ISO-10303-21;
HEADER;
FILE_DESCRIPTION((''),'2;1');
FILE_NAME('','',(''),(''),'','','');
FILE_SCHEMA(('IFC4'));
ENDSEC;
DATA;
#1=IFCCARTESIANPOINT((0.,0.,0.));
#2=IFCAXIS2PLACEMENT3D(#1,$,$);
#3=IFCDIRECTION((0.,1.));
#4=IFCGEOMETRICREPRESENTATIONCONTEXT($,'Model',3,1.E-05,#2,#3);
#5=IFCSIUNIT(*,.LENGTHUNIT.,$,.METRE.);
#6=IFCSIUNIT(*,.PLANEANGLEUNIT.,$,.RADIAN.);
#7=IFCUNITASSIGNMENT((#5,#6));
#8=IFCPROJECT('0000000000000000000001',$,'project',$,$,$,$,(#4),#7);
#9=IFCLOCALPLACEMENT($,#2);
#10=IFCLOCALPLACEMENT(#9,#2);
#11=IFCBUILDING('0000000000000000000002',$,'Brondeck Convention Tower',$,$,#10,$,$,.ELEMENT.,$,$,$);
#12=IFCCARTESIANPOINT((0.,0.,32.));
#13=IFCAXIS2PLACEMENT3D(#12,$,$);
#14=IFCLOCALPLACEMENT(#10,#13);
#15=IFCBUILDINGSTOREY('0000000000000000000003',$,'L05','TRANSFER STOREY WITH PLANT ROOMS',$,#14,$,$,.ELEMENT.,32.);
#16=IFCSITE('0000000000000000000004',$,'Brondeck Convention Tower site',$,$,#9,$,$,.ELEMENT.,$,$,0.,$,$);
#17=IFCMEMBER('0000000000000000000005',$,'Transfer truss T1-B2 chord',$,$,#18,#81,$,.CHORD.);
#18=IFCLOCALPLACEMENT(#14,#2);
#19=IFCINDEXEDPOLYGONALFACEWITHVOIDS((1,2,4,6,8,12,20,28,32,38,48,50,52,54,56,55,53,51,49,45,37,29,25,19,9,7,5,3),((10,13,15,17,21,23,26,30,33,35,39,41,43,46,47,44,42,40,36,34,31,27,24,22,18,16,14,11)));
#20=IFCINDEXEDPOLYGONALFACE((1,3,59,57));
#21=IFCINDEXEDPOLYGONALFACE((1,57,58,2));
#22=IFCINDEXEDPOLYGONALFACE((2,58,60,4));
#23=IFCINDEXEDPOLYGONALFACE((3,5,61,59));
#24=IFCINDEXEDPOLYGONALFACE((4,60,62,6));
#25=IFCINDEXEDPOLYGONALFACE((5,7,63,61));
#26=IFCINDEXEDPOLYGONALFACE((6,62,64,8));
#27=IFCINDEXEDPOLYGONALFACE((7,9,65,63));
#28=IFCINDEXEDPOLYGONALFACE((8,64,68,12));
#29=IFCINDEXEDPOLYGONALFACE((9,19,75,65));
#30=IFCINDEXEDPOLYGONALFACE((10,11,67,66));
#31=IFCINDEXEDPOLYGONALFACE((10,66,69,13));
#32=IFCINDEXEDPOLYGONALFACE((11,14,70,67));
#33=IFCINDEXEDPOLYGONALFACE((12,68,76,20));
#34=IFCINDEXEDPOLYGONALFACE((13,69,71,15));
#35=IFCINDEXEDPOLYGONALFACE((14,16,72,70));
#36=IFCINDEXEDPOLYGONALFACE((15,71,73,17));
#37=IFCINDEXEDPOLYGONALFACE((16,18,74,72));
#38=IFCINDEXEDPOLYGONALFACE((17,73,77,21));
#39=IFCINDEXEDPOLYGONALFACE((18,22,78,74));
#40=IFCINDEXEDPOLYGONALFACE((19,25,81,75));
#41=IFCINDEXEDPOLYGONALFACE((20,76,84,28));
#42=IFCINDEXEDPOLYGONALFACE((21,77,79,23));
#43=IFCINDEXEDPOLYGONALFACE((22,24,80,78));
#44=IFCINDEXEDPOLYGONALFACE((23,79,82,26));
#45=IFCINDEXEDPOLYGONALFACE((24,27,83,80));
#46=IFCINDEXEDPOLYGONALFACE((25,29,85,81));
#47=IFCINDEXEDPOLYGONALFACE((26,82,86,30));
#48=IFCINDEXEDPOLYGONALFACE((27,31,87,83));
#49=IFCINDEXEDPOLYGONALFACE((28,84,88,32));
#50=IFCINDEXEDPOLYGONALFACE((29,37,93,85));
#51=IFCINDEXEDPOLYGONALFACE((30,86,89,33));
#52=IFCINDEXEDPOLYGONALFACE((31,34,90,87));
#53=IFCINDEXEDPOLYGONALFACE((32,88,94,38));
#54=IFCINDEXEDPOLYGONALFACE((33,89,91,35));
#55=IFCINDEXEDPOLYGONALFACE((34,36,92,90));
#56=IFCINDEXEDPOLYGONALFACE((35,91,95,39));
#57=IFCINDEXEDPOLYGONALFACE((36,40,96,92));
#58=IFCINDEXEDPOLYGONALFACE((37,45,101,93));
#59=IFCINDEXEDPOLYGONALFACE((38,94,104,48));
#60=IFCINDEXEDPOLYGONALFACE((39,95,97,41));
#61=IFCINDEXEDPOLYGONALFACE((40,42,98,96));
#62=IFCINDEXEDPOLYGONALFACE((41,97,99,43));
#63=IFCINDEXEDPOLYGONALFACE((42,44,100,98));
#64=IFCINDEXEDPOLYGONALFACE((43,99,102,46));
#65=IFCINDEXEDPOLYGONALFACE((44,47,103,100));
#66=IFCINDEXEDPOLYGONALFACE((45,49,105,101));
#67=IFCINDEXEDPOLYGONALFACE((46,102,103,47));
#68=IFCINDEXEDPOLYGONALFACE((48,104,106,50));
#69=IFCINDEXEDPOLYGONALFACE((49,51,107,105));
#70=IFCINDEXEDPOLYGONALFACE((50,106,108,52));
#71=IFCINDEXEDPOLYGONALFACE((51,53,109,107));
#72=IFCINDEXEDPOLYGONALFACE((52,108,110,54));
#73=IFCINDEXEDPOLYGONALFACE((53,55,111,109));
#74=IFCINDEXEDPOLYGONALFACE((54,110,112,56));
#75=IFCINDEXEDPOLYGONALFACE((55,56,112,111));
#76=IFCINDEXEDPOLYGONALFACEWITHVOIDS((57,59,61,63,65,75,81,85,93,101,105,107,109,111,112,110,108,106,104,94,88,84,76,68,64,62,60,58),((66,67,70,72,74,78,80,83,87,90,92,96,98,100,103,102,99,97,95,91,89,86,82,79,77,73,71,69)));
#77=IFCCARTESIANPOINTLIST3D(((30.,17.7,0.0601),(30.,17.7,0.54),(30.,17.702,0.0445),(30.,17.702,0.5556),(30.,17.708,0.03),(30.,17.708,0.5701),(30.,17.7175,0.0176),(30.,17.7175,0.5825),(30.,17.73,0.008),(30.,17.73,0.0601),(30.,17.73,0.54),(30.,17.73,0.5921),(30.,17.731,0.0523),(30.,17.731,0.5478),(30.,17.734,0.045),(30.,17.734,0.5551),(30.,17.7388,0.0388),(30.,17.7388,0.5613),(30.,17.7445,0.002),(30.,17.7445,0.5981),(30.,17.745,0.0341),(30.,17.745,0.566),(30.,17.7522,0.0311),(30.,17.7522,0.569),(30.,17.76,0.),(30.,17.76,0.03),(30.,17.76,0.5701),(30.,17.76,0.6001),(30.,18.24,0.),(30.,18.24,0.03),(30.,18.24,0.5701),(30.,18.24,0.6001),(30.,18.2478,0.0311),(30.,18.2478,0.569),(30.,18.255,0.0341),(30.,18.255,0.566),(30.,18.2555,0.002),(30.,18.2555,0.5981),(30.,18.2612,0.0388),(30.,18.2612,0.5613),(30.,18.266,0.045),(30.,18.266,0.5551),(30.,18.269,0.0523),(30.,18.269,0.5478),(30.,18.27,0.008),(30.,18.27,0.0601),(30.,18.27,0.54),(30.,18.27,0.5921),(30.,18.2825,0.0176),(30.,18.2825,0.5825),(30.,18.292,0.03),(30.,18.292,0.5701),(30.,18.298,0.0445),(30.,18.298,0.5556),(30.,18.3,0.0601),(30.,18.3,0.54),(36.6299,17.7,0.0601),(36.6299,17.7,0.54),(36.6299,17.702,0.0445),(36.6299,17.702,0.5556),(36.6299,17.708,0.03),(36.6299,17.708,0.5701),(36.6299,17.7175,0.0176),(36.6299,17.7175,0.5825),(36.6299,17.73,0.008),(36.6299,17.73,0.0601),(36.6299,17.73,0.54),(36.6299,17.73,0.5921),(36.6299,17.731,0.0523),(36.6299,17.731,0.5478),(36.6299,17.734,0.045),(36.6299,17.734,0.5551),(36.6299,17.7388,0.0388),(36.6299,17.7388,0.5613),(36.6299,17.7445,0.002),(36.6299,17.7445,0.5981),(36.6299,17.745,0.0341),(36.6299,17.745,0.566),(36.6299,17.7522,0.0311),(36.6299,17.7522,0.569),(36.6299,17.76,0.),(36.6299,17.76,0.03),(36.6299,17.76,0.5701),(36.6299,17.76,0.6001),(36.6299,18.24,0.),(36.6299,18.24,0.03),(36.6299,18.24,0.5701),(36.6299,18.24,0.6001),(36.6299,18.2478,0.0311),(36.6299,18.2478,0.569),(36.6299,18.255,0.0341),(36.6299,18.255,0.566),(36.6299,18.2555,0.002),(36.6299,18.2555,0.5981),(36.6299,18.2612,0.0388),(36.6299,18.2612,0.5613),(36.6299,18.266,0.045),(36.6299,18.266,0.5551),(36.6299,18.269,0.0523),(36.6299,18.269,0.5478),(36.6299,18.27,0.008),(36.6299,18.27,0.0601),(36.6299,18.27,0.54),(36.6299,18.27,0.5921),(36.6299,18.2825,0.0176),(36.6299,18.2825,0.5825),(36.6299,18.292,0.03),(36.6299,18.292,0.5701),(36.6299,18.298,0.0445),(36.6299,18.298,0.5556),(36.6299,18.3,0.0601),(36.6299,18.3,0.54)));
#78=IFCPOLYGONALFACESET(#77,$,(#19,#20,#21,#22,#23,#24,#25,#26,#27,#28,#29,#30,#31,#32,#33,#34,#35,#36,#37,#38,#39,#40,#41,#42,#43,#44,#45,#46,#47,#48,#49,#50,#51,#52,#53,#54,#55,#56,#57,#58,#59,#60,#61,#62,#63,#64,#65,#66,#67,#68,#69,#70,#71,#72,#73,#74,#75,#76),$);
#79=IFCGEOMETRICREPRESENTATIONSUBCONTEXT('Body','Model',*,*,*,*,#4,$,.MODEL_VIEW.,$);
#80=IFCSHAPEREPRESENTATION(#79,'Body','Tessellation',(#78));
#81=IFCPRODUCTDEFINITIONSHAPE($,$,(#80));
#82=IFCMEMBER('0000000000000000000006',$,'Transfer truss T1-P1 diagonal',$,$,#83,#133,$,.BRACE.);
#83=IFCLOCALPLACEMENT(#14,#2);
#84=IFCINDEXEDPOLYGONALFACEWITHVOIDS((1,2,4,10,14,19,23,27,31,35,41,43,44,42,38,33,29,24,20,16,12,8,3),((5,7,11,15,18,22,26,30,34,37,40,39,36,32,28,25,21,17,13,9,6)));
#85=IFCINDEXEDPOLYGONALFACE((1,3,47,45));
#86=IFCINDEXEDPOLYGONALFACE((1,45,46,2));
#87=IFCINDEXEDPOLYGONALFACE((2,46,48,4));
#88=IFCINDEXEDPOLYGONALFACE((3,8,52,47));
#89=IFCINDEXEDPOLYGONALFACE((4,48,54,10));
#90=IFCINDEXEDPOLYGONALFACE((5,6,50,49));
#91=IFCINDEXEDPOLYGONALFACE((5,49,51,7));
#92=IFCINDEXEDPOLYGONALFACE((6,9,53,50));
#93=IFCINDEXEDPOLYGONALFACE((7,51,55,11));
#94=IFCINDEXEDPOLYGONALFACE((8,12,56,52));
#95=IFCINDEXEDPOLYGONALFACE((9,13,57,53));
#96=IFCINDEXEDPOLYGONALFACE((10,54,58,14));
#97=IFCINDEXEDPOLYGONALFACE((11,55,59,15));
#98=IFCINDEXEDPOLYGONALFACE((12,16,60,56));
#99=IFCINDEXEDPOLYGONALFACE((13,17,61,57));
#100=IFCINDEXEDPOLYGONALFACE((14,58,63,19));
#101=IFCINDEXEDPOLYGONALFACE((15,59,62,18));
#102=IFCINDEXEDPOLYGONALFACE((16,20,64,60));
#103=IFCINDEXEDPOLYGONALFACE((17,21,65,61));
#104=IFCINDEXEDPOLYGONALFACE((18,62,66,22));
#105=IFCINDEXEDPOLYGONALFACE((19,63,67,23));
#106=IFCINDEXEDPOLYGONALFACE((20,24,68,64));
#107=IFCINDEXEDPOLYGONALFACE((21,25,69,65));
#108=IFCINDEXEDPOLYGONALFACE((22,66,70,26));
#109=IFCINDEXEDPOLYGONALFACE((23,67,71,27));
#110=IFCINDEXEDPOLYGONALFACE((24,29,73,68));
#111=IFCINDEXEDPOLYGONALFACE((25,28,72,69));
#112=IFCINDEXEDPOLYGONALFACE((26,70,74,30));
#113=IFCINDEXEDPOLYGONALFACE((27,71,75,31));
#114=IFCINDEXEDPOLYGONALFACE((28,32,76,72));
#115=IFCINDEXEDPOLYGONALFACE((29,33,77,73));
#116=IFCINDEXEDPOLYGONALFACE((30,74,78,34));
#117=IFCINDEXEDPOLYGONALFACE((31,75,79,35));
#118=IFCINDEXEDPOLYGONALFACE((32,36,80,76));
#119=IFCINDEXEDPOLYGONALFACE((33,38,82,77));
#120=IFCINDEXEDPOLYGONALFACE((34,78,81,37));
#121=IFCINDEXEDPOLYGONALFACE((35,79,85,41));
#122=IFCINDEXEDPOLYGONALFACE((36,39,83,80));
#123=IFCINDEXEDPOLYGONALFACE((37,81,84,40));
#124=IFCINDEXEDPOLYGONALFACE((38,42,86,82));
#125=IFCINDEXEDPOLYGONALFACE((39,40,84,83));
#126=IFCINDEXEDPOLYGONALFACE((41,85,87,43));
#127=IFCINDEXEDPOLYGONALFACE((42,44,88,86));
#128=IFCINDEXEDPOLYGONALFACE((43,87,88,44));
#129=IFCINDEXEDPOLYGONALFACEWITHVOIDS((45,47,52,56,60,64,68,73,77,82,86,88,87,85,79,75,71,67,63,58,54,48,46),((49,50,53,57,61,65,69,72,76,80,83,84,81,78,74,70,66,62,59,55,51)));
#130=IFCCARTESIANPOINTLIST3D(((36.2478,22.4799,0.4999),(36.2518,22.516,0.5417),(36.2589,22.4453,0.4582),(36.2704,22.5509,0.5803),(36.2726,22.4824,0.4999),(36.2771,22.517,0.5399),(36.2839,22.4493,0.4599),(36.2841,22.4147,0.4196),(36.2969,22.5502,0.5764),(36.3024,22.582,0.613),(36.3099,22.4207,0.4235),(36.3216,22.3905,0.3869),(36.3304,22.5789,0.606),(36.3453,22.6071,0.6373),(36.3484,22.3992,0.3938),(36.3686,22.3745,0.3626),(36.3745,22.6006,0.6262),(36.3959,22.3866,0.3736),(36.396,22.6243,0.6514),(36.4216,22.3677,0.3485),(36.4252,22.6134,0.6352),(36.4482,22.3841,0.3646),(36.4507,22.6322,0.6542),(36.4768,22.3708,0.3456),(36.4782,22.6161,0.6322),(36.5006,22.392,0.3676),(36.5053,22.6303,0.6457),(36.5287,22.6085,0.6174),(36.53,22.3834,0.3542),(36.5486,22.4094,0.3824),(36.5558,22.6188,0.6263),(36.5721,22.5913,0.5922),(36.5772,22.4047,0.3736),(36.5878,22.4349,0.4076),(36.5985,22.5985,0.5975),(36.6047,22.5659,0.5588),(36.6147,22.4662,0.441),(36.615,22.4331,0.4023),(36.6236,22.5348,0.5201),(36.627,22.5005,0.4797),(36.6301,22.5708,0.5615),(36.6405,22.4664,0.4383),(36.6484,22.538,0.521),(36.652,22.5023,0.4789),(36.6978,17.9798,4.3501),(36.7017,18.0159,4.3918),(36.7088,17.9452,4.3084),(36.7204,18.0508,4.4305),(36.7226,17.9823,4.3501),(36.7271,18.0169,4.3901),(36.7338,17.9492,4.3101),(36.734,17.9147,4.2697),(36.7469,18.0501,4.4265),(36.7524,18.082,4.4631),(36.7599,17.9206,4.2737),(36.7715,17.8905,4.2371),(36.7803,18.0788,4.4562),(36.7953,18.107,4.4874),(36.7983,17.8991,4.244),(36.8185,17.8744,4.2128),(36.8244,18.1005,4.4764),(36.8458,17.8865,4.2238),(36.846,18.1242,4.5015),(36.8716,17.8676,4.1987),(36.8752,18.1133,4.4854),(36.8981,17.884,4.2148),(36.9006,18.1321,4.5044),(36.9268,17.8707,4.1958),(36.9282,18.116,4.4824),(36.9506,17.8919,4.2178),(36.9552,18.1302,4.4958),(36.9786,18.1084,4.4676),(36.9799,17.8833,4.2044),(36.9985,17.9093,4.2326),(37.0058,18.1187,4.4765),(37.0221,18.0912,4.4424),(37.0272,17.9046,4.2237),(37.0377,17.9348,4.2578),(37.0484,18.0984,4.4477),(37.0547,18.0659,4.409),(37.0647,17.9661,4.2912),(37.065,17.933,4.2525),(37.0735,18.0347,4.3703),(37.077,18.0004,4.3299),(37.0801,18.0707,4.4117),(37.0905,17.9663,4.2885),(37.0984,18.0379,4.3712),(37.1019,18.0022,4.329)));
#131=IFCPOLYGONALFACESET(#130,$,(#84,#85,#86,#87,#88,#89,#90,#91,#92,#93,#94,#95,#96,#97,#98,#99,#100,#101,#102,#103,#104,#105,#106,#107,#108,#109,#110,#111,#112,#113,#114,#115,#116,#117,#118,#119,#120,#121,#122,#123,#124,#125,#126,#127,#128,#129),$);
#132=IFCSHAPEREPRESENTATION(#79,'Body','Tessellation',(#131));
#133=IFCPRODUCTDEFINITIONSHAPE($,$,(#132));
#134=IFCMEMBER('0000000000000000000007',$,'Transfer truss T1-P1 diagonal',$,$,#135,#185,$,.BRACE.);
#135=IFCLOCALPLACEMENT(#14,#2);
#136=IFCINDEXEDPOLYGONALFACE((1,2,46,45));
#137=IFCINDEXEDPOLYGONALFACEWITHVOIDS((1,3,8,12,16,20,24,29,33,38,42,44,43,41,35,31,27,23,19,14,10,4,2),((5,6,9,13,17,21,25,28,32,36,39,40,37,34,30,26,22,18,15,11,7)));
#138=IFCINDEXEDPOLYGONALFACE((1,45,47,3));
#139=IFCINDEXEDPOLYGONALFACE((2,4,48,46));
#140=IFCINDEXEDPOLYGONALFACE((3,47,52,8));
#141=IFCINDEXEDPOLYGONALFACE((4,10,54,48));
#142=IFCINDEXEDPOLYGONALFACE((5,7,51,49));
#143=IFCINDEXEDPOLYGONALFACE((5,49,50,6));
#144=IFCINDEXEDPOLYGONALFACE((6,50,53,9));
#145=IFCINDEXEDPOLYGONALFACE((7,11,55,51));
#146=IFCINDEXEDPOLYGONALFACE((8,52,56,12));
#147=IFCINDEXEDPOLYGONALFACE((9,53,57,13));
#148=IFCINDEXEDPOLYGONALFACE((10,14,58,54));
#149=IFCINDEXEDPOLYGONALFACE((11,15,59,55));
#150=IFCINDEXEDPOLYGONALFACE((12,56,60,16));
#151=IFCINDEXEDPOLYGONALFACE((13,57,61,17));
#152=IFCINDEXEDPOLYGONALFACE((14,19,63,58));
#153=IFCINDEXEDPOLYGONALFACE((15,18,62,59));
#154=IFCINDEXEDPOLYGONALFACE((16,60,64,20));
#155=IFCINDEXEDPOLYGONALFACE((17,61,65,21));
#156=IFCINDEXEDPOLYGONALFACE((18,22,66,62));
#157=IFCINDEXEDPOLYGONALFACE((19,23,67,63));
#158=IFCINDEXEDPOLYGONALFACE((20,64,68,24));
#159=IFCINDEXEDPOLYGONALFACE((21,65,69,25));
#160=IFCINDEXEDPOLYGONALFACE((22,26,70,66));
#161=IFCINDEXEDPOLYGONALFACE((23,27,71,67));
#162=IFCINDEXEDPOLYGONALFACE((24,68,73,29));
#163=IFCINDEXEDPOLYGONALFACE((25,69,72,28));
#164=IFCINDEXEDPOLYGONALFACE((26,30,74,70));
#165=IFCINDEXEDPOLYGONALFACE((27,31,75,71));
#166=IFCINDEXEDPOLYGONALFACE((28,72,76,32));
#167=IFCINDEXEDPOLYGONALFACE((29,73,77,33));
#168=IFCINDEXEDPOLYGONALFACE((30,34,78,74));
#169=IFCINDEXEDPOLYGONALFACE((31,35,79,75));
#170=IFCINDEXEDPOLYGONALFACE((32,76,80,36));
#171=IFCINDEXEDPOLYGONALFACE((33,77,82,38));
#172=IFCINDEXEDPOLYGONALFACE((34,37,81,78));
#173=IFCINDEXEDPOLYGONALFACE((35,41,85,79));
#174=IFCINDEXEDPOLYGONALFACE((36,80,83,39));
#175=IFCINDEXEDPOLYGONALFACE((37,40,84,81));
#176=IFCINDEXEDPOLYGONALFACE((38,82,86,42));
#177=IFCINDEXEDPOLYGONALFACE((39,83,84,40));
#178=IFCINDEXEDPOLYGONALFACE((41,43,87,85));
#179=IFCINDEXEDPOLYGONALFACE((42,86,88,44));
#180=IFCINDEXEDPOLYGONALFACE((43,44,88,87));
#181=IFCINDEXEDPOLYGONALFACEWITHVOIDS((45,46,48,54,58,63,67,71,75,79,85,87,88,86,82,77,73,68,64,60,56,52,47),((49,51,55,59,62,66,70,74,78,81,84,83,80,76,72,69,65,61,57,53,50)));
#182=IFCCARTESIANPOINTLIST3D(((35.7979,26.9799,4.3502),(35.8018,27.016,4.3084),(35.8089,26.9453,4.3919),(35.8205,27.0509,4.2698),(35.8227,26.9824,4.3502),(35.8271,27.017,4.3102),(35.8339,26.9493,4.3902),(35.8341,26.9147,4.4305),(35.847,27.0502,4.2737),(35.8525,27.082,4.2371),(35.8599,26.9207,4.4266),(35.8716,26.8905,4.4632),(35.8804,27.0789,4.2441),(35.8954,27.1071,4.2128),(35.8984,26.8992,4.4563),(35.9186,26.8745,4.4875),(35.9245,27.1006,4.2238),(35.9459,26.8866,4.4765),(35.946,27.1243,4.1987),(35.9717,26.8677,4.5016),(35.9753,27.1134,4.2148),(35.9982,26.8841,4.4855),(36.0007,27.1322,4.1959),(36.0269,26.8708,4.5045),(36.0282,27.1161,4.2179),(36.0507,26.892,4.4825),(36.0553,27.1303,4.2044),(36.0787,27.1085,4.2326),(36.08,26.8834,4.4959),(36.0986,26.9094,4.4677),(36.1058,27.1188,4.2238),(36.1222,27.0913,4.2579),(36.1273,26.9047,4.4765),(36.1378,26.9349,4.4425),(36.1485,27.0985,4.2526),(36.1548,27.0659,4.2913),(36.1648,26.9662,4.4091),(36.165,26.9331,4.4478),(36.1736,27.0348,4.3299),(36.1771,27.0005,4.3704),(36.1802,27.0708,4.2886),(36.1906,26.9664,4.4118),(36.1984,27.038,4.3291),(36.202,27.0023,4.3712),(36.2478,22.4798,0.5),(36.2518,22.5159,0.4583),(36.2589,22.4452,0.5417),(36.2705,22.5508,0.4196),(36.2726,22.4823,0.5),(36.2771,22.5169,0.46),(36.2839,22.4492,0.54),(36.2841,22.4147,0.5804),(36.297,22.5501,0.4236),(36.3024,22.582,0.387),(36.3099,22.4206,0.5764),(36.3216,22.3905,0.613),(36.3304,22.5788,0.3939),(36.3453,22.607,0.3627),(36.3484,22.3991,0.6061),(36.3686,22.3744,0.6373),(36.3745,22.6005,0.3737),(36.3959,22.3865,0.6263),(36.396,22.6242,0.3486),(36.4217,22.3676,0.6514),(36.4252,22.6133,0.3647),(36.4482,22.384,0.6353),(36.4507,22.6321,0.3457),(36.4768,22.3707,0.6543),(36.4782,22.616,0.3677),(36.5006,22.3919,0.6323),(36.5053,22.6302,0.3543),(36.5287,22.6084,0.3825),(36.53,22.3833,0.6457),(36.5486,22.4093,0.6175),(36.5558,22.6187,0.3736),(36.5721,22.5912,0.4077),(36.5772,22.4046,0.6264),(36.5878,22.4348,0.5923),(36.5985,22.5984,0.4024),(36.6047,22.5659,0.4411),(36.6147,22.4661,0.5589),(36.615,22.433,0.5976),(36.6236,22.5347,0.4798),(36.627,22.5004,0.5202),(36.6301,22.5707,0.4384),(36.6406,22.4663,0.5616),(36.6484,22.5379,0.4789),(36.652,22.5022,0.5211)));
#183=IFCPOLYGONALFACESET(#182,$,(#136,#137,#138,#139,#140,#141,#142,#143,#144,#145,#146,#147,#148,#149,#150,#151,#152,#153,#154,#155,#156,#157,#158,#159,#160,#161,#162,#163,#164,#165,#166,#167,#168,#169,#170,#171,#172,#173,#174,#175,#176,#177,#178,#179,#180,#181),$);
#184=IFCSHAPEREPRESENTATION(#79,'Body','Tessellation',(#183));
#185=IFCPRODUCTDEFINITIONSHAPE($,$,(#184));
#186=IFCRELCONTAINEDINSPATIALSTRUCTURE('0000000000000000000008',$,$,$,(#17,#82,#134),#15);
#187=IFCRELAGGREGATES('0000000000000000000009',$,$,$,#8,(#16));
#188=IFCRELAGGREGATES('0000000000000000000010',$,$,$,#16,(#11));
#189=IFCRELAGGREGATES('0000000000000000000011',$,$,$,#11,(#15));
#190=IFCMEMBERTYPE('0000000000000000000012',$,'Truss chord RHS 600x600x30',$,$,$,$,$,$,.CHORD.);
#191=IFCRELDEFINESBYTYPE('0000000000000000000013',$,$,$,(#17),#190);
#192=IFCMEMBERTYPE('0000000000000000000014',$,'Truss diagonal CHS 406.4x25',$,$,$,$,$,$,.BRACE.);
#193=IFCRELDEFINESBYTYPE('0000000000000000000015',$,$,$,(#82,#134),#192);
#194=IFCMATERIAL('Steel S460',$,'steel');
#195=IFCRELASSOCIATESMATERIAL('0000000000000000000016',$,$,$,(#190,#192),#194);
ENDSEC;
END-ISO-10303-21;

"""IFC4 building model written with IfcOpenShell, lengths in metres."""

from ifc_helpers import new_model, si_unit, direction, frame, origin, origin_2d, place, context, subcontext, project, spatial, hollow_rectangle, hollow_circle, extrude, material, material_profile, profile_set, type_object, element, save


model = new_model("IFC4")

# Units and contexts
model_context = context("Model", 3, precision=1e-05, world=origin(), true_north=direction((0.0, 1.0)))
body_context = subcontext(model_context, "Body", "Model", "MODEL_VIEW")
ifc_project = project(units=[si_unit("LENGTHUNIT", "METRE"), si_unit("PLANEANGLEUNIT", "RADIAN")], contexts=[model_context])

# Site, building, storey
site_placement = place(None, origin())
site = spatial("IfcSite", under=ifc_project, at=site_placement, Name="Brondeck Convention Tower site", CompositionType="ELEMENT", RefElevation=0.0)
building_placement = place(site_placement, origin())
building = spatial("IfcBuilding", under=site, at=building_placement, Name="Brondeck Convention Tower", CompositionType="ELEMENT")
storey_placement = place(building_placement, frame((0.0, 0.0, 32.0)))
storey = spatial("IfcBuildingStorey", under=building, at=storey_placement, Name="L05", Description="TRANSFER STOREY WITH PLANT ROOMS", CompositionType="ELEMENT", Elevation=32.0)

# Shared definitions
ifc_material_1 = material(Name="Steel S460", Category="steel")

# Members
ifc_material_profile_1 = material_profile(ifc_material_1, hollow_rectangle(XDim=0.6001, YDim=0.6001, WallThickness=0.03, InnerFilletRadius=0.03, OuterFilletRadius=0.0601, at=origin_2d()), Name="RHS 600x600x30")
ifc_profile_set_1 = profile_set([ifc_material_profile_1], Name="Steel S460")
member_type_1 = type_object("IfcMemberType", Name="Truss chord RHS 600x600x30", PredefinedType="CHORD", material=ifc_profile_set_1)
member_placement = place(storey_placement, frame((36.6299, 18.0, 0.3), z_axis=(-1.0, 0.0, 0.0), x_axis=(0.0, -1.0, 0.0)))
element("IfcMember", 1, at=member_placement, inside=storey, type_object=member_type_1, Name="Transfer truss T1-B2 chord", PredefinedType="CHORD", context=body_context, shape_type="SweptSolid", body=[
    extrude(hollow_rectangle(XDim=0.6001, YDim=0.6001, WallThickness=0.03, InnerFilletRadius=0.03, OuterFilletRadius=0.0601, at=origin_2d()), origin(), (0.0, 0.0, 1.0), 6.6299),
])
ifc_material_profile_2 = material_profile(ifc_material_1, hollow_circle(Radius=0.2031, WallThickness=0.0249, at=origin_2d()), Name="CHS 406.4x25")
ifc_profile_set_2 = profile_set([ifc_material_profile_2], Name="Steel S460")
member_type_2 = type_object("IfcMemberType", Name="Truss diagonal CHS 406.4x25", PredefinedType="BRACE", material=ifc_profile_set_2)
for number, where, z_axis, x_axis, name in (
    (2, (36.8999, 18.0, 4.3501), (-0.075758, 0.75766, -0.648237), (-0.995038, -0.099493, 0.0), "Transfer truss T1-P1 diagonal"),
    (3, (36.45, 22.5, 0.5), (-0.075758, 0.75766, 0.648237), (-0.995038, -0.099493, 0.0), "Transfer truss T1-P1 diagonal"),
):
    element("IfcMember", number, at=place(storey_placement, frame(where, z_axis=z_axis, x_axis=x_axis)), inside=storey, type_object=member_type_2, Name=name, PredefinedType="BRACE", context=body_context, shape_type="SweptSolid", body=[
        extrude(hollow_circle(Radius=0.2031, WallThickness=0.0249, at=origin_2d()), origin(), (0.0, 0.0, 1.0), 5.9395),
    ])

save(model, "model.ifc")
